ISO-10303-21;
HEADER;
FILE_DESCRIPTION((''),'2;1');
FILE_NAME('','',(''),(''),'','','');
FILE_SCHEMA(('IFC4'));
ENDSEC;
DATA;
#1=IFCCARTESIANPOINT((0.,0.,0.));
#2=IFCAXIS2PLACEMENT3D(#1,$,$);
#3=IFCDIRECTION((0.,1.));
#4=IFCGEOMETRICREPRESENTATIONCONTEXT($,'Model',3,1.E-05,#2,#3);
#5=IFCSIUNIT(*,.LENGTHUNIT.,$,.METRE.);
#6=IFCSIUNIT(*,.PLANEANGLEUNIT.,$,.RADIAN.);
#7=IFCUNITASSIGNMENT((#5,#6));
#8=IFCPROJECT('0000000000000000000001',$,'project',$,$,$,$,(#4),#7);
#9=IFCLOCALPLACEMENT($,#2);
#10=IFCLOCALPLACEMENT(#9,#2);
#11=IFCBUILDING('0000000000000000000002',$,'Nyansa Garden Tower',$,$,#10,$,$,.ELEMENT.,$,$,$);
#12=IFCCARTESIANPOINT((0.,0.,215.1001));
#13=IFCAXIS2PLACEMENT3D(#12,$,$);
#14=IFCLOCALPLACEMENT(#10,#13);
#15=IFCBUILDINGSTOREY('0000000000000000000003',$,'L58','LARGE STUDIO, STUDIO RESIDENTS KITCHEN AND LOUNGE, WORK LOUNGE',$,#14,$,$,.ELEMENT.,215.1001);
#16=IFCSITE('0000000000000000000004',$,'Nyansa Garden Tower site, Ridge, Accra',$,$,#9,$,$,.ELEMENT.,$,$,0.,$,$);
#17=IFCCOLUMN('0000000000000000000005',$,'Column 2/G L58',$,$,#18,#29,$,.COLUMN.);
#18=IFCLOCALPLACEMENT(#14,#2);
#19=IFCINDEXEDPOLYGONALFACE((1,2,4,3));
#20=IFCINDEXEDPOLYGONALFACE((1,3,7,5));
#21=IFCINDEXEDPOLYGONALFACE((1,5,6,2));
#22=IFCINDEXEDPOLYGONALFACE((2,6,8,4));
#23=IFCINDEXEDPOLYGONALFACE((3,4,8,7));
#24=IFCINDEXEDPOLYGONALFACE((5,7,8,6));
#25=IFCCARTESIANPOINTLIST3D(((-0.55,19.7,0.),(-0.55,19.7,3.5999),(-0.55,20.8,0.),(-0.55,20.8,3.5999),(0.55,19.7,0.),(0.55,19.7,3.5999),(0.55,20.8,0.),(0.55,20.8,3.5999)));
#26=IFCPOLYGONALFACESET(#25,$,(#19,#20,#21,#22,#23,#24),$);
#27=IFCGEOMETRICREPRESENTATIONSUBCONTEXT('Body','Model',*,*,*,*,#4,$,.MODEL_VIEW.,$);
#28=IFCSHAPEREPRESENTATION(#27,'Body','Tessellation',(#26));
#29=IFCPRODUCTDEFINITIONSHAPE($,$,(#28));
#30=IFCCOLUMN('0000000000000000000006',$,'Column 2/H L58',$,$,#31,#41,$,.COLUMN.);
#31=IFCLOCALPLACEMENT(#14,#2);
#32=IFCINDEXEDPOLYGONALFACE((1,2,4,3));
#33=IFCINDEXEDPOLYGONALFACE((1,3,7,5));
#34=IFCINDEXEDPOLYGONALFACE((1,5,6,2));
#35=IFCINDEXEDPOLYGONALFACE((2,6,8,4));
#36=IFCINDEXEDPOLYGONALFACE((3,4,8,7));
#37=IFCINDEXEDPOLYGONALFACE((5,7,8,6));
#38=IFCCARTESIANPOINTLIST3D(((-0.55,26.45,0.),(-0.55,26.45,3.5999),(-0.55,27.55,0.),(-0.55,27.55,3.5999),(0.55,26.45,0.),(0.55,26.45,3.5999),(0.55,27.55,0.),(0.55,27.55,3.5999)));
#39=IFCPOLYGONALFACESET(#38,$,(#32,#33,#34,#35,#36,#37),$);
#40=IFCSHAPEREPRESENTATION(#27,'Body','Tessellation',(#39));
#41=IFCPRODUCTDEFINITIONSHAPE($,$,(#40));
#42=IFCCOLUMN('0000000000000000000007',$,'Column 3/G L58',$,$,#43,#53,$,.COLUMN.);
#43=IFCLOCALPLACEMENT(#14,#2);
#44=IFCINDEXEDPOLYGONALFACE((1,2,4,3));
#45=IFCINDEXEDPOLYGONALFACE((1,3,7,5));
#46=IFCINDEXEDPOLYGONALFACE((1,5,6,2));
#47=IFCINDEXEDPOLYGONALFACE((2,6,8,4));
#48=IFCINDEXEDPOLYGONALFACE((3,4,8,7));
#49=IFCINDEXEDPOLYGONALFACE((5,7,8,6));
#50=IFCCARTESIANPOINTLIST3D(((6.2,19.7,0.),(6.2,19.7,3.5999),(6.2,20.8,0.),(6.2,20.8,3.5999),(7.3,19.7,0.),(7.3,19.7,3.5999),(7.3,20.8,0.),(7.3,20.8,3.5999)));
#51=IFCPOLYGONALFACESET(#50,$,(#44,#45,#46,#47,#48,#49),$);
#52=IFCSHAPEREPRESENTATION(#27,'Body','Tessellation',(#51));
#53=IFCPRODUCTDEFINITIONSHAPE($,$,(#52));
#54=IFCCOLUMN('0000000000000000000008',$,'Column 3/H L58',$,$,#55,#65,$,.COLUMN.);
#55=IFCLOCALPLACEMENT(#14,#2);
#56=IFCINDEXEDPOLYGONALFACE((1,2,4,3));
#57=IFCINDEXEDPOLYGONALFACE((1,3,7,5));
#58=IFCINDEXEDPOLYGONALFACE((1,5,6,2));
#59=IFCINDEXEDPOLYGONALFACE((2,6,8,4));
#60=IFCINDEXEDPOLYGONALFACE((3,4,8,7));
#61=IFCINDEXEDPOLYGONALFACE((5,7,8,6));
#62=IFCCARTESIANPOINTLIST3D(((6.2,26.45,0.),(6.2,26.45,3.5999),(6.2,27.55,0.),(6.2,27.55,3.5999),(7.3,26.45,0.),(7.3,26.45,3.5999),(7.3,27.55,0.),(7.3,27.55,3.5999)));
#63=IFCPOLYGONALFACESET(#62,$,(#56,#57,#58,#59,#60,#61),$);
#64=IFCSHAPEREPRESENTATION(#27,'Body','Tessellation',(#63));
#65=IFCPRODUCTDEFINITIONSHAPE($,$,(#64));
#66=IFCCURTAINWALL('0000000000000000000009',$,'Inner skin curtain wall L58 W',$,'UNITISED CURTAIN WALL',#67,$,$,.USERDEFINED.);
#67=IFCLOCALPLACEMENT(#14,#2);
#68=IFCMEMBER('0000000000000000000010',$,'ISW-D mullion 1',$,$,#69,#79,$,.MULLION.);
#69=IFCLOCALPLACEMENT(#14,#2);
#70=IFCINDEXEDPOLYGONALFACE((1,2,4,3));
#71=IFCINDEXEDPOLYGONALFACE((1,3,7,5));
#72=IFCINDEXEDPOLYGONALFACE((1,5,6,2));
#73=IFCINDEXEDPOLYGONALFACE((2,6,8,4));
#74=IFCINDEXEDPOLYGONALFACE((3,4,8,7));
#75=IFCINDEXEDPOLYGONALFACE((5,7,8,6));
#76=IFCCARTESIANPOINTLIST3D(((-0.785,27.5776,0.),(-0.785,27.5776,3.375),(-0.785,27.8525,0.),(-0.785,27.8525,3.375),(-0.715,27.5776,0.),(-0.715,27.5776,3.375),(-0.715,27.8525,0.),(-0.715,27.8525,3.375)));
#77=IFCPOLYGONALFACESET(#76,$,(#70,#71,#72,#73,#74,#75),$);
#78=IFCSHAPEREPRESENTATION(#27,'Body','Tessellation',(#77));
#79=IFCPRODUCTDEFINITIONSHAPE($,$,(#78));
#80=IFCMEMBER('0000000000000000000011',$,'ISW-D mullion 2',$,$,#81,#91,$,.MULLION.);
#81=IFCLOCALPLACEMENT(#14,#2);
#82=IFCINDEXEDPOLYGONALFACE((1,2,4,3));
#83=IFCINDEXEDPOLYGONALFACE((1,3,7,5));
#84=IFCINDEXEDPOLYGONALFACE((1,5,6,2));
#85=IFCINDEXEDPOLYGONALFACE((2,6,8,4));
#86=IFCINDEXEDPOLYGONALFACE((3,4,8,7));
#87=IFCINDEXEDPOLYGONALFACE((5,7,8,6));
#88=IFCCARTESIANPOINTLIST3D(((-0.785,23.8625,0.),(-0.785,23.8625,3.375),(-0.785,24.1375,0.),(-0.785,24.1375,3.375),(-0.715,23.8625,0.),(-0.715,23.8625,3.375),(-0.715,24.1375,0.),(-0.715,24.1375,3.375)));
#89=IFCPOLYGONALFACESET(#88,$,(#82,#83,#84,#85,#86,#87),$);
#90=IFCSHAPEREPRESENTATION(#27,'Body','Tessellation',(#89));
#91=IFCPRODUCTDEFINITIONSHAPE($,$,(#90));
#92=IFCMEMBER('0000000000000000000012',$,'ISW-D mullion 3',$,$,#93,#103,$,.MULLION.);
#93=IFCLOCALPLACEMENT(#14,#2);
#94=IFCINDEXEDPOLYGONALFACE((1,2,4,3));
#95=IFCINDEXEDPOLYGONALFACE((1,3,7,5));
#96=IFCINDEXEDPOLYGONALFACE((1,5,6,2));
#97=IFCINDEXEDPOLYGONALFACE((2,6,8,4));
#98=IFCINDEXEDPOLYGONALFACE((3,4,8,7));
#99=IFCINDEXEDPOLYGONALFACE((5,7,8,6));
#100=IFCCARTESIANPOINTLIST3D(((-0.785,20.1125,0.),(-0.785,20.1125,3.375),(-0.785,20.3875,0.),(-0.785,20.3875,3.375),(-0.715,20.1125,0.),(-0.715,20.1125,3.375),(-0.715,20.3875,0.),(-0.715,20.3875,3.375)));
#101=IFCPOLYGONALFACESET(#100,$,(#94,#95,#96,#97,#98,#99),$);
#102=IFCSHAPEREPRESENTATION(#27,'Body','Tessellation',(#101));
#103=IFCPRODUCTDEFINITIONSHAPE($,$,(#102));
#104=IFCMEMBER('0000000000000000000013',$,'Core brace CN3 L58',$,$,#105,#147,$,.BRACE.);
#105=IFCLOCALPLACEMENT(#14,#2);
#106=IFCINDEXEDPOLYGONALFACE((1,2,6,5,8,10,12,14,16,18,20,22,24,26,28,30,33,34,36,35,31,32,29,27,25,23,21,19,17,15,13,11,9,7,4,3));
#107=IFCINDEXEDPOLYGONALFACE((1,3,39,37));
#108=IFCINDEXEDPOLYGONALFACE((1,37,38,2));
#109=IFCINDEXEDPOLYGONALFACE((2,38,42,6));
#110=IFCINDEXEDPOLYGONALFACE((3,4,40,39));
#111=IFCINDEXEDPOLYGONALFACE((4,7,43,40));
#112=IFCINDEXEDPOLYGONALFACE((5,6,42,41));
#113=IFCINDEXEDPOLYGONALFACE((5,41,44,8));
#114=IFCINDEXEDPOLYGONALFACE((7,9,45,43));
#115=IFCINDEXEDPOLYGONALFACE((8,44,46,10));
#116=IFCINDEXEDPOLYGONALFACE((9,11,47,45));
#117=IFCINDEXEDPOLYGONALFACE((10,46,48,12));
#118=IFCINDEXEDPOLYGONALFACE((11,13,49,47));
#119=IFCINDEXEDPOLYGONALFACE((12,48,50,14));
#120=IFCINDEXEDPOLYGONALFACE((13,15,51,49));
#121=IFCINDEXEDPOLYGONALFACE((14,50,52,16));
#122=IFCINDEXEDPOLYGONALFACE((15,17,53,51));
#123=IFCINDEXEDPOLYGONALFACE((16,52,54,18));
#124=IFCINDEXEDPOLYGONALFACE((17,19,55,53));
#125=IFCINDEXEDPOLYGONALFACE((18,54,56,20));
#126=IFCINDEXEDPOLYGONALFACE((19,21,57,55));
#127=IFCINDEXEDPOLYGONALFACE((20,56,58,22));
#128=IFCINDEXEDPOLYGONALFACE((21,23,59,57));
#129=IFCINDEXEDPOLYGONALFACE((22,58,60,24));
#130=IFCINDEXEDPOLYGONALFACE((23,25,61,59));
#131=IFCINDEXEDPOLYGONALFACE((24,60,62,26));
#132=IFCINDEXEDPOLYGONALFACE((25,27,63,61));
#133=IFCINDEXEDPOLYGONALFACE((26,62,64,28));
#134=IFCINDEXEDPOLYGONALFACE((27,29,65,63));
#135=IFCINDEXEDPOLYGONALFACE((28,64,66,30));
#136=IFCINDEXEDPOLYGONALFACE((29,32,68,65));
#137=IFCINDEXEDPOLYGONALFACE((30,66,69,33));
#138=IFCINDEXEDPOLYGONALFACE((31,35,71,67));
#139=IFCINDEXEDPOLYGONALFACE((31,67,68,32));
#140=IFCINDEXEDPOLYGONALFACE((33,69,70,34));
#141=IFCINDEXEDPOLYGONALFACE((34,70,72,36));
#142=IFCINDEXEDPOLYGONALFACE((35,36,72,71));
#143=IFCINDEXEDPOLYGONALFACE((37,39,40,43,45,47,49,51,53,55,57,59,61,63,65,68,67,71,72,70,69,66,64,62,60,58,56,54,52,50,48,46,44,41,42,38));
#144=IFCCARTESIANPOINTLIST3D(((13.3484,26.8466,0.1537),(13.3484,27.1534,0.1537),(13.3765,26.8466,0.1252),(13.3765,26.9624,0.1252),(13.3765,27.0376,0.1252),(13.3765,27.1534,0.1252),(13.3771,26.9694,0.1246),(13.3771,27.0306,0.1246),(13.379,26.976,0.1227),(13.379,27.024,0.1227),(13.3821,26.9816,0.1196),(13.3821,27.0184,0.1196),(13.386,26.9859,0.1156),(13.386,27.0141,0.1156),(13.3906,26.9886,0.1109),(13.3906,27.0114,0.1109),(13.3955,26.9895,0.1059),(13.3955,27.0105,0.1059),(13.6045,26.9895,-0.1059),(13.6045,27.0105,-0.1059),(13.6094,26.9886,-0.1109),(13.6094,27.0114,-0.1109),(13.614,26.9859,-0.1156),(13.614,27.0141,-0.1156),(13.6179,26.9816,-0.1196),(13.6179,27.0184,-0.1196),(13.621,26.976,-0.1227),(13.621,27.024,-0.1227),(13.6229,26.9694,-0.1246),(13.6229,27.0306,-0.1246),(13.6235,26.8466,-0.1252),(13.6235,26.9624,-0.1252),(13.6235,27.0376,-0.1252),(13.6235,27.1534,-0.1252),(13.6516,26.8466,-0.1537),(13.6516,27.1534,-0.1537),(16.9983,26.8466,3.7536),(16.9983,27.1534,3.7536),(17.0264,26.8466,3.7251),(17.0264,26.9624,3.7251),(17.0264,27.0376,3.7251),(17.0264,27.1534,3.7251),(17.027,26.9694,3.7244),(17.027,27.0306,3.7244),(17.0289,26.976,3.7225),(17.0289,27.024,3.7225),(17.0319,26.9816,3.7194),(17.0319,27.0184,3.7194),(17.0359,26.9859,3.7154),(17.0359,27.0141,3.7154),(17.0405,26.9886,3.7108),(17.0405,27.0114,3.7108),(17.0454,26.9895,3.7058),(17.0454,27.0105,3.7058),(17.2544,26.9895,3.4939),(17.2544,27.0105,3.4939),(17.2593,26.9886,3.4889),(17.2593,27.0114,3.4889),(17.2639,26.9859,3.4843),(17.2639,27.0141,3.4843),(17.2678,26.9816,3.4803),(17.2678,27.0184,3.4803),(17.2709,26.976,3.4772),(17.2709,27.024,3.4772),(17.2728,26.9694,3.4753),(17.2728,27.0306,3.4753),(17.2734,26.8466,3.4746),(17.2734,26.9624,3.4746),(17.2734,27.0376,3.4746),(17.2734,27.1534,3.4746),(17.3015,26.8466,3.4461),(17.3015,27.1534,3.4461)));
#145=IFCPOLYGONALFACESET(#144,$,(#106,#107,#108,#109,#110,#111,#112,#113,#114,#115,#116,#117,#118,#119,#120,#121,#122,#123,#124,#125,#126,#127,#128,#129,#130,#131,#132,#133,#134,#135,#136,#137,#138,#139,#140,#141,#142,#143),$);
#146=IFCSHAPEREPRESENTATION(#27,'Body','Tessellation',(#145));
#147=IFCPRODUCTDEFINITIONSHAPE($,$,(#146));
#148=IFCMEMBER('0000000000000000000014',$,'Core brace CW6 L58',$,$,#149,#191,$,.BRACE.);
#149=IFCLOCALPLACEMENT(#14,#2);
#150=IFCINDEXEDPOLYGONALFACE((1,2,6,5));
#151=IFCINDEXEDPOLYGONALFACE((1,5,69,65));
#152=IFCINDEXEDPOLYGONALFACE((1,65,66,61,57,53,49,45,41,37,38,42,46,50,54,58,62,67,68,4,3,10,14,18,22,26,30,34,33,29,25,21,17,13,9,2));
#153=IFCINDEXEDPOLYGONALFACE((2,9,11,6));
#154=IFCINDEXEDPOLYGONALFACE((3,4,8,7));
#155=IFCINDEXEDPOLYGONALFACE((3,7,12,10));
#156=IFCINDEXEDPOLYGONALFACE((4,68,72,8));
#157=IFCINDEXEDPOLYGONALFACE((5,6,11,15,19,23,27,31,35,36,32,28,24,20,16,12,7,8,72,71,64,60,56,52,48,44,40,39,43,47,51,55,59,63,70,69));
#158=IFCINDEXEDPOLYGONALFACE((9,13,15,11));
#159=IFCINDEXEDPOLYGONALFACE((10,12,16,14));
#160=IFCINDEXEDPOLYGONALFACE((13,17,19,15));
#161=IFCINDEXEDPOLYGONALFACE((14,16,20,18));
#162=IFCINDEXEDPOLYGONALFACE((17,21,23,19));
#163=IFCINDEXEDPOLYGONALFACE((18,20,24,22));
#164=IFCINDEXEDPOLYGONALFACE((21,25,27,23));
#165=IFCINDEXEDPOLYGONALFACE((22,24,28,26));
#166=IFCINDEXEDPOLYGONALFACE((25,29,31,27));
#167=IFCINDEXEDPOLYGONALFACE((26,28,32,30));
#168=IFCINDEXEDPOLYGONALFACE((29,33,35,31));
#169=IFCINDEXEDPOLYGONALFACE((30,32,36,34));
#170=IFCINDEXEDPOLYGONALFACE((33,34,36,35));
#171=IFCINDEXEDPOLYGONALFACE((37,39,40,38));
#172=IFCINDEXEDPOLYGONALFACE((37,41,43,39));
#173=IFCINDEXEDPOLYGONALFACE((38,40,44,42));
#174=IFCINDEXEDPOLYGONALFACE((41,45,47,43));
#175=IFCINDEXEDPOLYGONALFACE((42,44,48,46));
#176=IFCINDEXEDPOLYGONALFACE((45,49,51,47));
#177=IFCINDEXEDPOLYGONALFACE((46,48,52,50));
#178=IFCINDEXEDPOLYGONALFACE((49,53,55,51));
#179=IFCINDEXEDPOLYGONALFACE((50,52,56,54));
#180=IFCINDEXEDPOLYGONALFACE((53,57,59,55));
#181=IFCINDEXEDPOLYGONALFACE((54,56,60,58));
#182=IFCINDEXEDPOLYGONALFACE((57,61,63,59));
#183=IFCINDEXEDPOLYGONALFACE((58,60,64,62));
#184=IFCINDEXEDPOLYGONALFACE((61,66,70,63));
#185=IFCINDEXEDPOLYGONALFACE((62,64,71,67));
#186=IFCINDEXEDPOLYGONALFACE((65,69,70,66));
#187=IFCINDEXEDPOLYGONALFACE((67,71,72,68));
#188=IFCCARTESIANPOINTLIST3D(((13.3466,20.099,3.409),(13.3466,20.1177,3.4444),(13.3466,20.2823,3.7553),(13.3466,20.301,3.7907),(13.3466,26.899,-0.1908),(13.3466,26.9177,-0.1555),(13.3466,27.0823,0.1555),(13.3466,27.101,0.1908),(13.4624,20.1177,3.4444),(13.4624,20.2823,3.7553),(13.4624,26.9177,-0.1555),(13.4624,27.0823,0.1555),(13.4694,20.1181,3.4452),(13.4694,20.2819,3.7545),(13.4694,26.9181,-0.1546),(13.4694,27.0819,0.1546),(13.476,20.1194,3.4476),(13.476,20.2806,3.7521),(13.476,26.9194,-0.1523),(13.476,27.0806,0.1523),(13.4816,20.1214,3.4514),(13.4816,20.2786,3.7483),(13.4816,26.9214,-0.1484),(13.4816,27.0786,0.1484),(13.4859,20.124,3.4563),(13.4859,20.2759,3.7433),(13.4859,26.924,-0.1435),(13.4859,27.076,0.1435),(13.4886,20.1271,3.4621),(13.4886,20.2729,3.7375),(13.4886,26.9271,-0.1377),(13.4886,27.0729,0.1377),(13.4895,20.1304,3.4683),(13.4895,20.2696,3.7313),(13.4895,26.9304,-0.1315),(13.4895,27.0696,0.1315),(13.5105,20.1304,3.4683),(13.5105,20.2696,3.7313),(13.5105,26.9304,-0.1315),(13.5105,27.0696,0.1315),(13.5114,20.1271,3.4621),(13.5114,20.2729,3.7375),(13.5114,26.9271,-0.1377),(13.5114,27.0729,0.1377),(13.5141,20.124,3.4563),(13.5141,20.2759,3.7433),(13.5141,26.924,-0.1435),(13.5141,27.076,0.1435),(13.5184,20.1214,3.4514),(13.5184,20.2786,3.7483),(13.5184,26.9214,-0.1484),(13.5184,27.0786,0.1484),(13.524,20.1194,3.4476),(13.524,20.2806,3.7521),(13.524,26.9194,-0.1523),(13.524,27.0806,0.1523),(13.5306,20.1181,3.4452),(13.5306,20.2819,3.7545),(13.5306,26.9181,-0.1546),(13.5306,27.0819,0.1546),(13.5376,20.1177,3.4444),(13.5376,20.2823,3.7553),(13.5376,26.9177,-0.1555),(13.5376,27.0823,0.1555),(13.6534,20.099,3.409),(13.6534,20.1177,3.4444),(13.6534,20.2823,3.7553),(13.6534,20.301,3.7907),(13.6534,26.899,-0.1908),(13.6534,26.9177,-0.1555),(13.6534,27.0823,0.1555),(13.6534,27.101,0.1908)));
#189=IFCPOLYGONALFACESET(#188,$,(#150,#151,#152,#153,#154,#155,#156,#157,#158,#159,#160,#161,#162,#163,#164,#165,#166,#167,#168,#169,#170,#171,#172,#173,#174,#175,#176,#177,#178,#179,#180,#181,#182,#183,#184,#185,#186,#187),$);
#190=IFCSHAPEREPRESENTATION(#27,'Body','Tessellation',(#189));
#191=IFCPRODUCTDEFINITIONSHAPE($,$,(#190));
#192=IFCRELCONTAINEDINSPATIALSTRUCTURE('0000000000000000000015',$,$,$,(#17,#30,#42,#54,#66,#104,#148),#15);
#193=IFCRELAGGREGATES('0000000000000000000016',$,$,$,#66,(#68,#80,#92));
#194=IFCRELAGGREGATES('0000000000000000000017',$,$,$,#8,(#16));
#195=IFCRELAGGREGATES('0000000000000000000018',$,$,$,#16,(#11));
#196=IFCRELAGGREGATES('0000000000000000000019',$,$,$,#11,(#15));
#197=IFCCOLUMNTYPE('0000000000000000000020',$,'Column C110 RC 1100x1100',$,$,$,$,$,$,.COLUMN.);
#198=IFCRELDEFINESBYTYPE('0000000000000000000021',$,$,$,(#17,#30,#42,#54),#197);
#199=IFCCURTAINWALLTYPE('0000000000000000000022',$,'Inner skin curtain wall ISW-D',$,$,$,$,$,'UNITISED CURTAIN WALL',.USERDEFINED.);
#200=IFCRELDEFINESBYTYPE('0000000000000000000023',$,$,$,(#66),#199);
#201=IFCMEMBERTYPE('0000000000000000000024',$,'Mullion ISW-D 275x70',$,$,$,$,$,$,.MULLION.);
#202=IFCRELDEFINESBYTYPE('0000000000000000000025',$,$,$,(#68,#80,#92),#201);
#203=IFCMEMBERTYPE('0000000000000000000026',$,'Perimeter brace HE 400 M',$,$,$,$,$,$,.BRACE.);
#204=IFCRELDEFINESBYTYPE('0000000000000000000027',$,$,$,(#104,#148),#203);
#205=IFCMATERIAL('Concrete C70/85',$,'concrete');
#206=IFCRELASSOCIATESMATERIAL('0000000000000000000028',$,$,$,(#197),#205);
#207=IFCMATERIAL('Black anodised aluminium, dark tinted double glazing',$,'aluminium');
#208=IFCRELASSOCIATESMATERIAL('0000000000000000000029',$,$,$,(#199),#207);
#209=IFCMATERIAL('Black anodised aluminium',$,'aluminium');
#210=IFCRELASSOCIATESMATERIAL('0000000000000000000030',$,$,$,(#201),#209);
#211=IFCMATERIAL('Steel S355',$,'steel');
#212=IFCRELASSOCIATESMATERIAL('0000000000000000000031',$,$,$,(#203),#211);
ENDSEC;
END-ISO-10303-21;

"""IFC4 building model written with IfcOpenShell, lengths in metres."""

from ifc_helpers import new_model, si_unit, direction, frame, origin, origin_2d, place, context, subcontext, project, spatial, rectangle, i_section, extrude, material, material_profile, profile_set, type_object, element, aggregate, save


model = new_model("IFC4")

# Units and contexts
model_context = context("Model", 3, precision=1e-05, world=origin(), true_north=direction((0.0, 1.0)))
body_context = subcontext(model_context, "Body", "Model", "MODEL_VIEW")
ifc_project = project(units=[si_unit("LENGTHUNIT", "METRE"), si_unit("PLANEANGLEUNIT", "RADIAN")], contexts=[model_context])

# Site, building, storey
site_placement = place(None, origin())
site = spatial("IfcSite", under=ifc_project, at=site_placement, Name="Nyansa Garden Tower site, Ridge, Accra", CompositionType="ELEMENT", RefElevation=0.0)
building_placement = place(site_placement, origin())
building = spatial("IfcBuilding", under=site, at=building_placement, Name="Nyansa Garden Tower", CompositionType="ELEMENT")
storey_placement = place(building_placement, frame((0.0, 0.0, 215.1001)))
storey = spatial("IfcBuildingStorey", under=building, at=storey_placement, Name="L58", Description="LARGE STUDIO, STUDIO RESIDENTS KITCHEN AND LOUNGE, WORK LOUNGE", CompositionType="ELEMENT", Elevation=215.1001)

# Columns
ifc_material_1 = material(Name="Concrete C70/85", Category="concrete")
ifc_material_profile_1 = material_profile(ifc_material_1, rectangle(XDim=1.1001, YDim=1.1001, at=origin_2d()), Name="RC 1100x1100")
ifc_profile_set_1 = profile_set([ifc_material_profile_1], Name="Concrete C70/85")
column_type = type_object("IfcColumnType", Name="Column C110 RC 1100x1100", PredefinedType="COLUMN", material=ifc_profile_set_1)
for number, where, z_axis, x_axis, name in (
    (1, (0.0, 20.25, 0.0), (0.0, 0.0, 1.0), (1.0, 0.0, 0.0), "Column 2/G L58"),
    (2, (0.0, 27.0, 0.0), (0.0, 0.0, 1.0), (1.0, 0.0, 0.0), "Column 2/H L58"),
    (3, (6.75, 20.25, 0.0), (0.0, 0.0, 1.0), (1.0, 0.0, 0.0), "Column 3/G L58"),
    (4, (6.75, 27.0, 0.0), (0.0, 0.0, 1.0), (1.0, 0.0, 0.0), "Column 3/H L58"),
):
    element("IfcColumn", number, at=place(storey_placement, frame(where, z_axis=z_axis, x_axis=x_axis)), inside=storey, type_object=column_type, Name=name, PredefinedType="COLUMN", context=body_context, shape_type="SweptSolid", body=[
        extrude(rectangle(XDim=1.1001, YDim=1.1001, at=origin_2d()), origin(), (0.0, 0.0, 1.0), 3.5999),
    ])

# Curtain wall, members
ifc_material_2 = material(Name="Black anodised aluminium, dark tinted double glazing", Category="aluminium")
curtain_wall_type = type_object("IfcCurtainWallType", Name="Inner skin curtain wall ISW-D", ElementType="UNITISED CURTAIN WALL", PredefinedType="USERDEFINED", material=ifc_material_2)
curtain_wall_placement = place(storey_placement, origin())
curtain_wall = element("IfcCurtainWall", 5, at=curtain_wall_placement, inside=storey, type_object=curtain_wall_type, Name="Inner skin curtain wall L58 W", ObjectType="UNITISED CURTAIN WALL", PredefinedType="USERDEFINED")
ifc_material_3 = material(Name="Black anodised aluminium", Category="aluminium")
ifc_material_profile_2 = material_profile(ifc_material_3, rectangle(XDim=0.0701, YDim=0.2749, at=origin_2d()), Name="Mullion 275x70")
ifc_profile_set_2 = profile_set([ifc_material_profile_2], Name="Black anodised aluminium")
member_type_1 = type_object("IfcMemberType", Name="Mullion ISW-D 275x70", PredefinedType="MULLION", material=ifc_profile_set_2)
member_1_placement = place(storey_placement, frame((-0.75, 27.7151, 0.0), z_axis=(0.0, 0.0, 1.0), x_axis=(1.0, 0.0, 0.0)))
member_1 = element("IfcMember", 6, at=member_1_placement, type_object=member_type_1, Name="ISW-D mullion 1", PredefinedType="MULLION", context=body_context, shape_type="SweptSolid", body=[
    extrude(rectangle(XDim=0.0701, YDim=0.2749, at=origin_2d()), origin(), (0.0, 0.0, 1.0), 3.375),
])
member_2_placement = place(storey_placement, frame((-0.75, 24.0, 0.0), z_axis=(0.0, 0.0, 1.0), x_axis=(1.0, 0.0, 0.0)))
member_2 = element("IfcMember", 7, at=member_2_placement, type_object=member_type_1, Name="ISW-D mullion 2", PredefinedType="MULLION", context=body_context, shape_type="SweptSolid", body=[
    extrude(rectangle(XDim=0.0701, YDim=0.2749, at=origin_2d()), origin(), (0.0, 0.0, 1.0), 3.375),
])
member_3_placement = place(storey_placement, frame((-0.75, 20.25, 0.0), z_axis=(0.0, 0.0, 1.0), x_axis=(1.0, 0.0, 0.0)))
member_3 = element("IfcMember", 8, at=member_3_placement, type_object=member_type_1, Name="ISW-D mullion 3", PredefinedType="MULLION", context=body_context, shape_type="SweptSolid", body=[
    extrude(rectangle(XDim=0.0701, YDim=0.2749, at=origin_2d()), origin(), (0.0, 0.0, 1.0), 3.375),
])

# Members
ifc_material_4 = material(Name="Steel S355", Category="steel")
ifc_material_profile_3 = material_profile(ifc_material_4, i_section(OverallWidth=0.3069, OverallDepth=0.4319, WebThickness=0.021, FlangeThickness=0.04, FilletRadius=0.0271, at=origin_2d()), Name="HE 400 M")
ifc_profile_set_3 = profile_set([ifc_material_profile_3], Name="Steel S355")
member_type_2 = type_object("IfcMemberType", Name="Perimeter brace HE 400 M", PredefinedType="BRACE", material=ifc_profile_set_3)
member_4_placement = place(storey_placement, frame((13.5, 27.0, 0.0), z_axis=(0.711971, 0.0, 0.702209), x_axis=(0.0, 1.0, 0.0)))
element("IfcMember", 9, at=member_4_placement, inside=storey, type_object=member_type_2, Name="Core brace CN3 L58", PredefinedType="BRACE", context=body_context, shape_type="SweptSolid", body=[
    extrude(i_section(OverallWidth=0.3069, OverallDepth=0.4319, WebThickness=0.021, FlangeThickness=0.04, FilletRadius=0.0271, at=origin_2d()), origin(), (0.0, 0.0, 1.0), 5.1265),
])
member_5_placement = place(storey_placement, frame((13.5, 27.0, 0.0), z_axis=(0.0, -0.883797, 0.46787), x_axis=(1.0, 0.0, 0.0)))
element("IfcMember", 10, at=member_5_placement, inside=storey, type_object=member_type_2, Name="Core brace CW6 L58", PredefinedType="BRACE", context=body_context, shape_type="SweptSolid", body=[
    extrude(i_section(OverallWidth=0.3069, OverallDepth=0.4319, WebThickness=0.021, FlangeThickness=0.04, FilletRadius=0.0271, at=origin_2d()), origin(), (0.0, 0.0, 1.0), 7.6941),
])

aggregate(curtain_wall, [member_1, member_2, member_3])

save(model, "model.ifc")
